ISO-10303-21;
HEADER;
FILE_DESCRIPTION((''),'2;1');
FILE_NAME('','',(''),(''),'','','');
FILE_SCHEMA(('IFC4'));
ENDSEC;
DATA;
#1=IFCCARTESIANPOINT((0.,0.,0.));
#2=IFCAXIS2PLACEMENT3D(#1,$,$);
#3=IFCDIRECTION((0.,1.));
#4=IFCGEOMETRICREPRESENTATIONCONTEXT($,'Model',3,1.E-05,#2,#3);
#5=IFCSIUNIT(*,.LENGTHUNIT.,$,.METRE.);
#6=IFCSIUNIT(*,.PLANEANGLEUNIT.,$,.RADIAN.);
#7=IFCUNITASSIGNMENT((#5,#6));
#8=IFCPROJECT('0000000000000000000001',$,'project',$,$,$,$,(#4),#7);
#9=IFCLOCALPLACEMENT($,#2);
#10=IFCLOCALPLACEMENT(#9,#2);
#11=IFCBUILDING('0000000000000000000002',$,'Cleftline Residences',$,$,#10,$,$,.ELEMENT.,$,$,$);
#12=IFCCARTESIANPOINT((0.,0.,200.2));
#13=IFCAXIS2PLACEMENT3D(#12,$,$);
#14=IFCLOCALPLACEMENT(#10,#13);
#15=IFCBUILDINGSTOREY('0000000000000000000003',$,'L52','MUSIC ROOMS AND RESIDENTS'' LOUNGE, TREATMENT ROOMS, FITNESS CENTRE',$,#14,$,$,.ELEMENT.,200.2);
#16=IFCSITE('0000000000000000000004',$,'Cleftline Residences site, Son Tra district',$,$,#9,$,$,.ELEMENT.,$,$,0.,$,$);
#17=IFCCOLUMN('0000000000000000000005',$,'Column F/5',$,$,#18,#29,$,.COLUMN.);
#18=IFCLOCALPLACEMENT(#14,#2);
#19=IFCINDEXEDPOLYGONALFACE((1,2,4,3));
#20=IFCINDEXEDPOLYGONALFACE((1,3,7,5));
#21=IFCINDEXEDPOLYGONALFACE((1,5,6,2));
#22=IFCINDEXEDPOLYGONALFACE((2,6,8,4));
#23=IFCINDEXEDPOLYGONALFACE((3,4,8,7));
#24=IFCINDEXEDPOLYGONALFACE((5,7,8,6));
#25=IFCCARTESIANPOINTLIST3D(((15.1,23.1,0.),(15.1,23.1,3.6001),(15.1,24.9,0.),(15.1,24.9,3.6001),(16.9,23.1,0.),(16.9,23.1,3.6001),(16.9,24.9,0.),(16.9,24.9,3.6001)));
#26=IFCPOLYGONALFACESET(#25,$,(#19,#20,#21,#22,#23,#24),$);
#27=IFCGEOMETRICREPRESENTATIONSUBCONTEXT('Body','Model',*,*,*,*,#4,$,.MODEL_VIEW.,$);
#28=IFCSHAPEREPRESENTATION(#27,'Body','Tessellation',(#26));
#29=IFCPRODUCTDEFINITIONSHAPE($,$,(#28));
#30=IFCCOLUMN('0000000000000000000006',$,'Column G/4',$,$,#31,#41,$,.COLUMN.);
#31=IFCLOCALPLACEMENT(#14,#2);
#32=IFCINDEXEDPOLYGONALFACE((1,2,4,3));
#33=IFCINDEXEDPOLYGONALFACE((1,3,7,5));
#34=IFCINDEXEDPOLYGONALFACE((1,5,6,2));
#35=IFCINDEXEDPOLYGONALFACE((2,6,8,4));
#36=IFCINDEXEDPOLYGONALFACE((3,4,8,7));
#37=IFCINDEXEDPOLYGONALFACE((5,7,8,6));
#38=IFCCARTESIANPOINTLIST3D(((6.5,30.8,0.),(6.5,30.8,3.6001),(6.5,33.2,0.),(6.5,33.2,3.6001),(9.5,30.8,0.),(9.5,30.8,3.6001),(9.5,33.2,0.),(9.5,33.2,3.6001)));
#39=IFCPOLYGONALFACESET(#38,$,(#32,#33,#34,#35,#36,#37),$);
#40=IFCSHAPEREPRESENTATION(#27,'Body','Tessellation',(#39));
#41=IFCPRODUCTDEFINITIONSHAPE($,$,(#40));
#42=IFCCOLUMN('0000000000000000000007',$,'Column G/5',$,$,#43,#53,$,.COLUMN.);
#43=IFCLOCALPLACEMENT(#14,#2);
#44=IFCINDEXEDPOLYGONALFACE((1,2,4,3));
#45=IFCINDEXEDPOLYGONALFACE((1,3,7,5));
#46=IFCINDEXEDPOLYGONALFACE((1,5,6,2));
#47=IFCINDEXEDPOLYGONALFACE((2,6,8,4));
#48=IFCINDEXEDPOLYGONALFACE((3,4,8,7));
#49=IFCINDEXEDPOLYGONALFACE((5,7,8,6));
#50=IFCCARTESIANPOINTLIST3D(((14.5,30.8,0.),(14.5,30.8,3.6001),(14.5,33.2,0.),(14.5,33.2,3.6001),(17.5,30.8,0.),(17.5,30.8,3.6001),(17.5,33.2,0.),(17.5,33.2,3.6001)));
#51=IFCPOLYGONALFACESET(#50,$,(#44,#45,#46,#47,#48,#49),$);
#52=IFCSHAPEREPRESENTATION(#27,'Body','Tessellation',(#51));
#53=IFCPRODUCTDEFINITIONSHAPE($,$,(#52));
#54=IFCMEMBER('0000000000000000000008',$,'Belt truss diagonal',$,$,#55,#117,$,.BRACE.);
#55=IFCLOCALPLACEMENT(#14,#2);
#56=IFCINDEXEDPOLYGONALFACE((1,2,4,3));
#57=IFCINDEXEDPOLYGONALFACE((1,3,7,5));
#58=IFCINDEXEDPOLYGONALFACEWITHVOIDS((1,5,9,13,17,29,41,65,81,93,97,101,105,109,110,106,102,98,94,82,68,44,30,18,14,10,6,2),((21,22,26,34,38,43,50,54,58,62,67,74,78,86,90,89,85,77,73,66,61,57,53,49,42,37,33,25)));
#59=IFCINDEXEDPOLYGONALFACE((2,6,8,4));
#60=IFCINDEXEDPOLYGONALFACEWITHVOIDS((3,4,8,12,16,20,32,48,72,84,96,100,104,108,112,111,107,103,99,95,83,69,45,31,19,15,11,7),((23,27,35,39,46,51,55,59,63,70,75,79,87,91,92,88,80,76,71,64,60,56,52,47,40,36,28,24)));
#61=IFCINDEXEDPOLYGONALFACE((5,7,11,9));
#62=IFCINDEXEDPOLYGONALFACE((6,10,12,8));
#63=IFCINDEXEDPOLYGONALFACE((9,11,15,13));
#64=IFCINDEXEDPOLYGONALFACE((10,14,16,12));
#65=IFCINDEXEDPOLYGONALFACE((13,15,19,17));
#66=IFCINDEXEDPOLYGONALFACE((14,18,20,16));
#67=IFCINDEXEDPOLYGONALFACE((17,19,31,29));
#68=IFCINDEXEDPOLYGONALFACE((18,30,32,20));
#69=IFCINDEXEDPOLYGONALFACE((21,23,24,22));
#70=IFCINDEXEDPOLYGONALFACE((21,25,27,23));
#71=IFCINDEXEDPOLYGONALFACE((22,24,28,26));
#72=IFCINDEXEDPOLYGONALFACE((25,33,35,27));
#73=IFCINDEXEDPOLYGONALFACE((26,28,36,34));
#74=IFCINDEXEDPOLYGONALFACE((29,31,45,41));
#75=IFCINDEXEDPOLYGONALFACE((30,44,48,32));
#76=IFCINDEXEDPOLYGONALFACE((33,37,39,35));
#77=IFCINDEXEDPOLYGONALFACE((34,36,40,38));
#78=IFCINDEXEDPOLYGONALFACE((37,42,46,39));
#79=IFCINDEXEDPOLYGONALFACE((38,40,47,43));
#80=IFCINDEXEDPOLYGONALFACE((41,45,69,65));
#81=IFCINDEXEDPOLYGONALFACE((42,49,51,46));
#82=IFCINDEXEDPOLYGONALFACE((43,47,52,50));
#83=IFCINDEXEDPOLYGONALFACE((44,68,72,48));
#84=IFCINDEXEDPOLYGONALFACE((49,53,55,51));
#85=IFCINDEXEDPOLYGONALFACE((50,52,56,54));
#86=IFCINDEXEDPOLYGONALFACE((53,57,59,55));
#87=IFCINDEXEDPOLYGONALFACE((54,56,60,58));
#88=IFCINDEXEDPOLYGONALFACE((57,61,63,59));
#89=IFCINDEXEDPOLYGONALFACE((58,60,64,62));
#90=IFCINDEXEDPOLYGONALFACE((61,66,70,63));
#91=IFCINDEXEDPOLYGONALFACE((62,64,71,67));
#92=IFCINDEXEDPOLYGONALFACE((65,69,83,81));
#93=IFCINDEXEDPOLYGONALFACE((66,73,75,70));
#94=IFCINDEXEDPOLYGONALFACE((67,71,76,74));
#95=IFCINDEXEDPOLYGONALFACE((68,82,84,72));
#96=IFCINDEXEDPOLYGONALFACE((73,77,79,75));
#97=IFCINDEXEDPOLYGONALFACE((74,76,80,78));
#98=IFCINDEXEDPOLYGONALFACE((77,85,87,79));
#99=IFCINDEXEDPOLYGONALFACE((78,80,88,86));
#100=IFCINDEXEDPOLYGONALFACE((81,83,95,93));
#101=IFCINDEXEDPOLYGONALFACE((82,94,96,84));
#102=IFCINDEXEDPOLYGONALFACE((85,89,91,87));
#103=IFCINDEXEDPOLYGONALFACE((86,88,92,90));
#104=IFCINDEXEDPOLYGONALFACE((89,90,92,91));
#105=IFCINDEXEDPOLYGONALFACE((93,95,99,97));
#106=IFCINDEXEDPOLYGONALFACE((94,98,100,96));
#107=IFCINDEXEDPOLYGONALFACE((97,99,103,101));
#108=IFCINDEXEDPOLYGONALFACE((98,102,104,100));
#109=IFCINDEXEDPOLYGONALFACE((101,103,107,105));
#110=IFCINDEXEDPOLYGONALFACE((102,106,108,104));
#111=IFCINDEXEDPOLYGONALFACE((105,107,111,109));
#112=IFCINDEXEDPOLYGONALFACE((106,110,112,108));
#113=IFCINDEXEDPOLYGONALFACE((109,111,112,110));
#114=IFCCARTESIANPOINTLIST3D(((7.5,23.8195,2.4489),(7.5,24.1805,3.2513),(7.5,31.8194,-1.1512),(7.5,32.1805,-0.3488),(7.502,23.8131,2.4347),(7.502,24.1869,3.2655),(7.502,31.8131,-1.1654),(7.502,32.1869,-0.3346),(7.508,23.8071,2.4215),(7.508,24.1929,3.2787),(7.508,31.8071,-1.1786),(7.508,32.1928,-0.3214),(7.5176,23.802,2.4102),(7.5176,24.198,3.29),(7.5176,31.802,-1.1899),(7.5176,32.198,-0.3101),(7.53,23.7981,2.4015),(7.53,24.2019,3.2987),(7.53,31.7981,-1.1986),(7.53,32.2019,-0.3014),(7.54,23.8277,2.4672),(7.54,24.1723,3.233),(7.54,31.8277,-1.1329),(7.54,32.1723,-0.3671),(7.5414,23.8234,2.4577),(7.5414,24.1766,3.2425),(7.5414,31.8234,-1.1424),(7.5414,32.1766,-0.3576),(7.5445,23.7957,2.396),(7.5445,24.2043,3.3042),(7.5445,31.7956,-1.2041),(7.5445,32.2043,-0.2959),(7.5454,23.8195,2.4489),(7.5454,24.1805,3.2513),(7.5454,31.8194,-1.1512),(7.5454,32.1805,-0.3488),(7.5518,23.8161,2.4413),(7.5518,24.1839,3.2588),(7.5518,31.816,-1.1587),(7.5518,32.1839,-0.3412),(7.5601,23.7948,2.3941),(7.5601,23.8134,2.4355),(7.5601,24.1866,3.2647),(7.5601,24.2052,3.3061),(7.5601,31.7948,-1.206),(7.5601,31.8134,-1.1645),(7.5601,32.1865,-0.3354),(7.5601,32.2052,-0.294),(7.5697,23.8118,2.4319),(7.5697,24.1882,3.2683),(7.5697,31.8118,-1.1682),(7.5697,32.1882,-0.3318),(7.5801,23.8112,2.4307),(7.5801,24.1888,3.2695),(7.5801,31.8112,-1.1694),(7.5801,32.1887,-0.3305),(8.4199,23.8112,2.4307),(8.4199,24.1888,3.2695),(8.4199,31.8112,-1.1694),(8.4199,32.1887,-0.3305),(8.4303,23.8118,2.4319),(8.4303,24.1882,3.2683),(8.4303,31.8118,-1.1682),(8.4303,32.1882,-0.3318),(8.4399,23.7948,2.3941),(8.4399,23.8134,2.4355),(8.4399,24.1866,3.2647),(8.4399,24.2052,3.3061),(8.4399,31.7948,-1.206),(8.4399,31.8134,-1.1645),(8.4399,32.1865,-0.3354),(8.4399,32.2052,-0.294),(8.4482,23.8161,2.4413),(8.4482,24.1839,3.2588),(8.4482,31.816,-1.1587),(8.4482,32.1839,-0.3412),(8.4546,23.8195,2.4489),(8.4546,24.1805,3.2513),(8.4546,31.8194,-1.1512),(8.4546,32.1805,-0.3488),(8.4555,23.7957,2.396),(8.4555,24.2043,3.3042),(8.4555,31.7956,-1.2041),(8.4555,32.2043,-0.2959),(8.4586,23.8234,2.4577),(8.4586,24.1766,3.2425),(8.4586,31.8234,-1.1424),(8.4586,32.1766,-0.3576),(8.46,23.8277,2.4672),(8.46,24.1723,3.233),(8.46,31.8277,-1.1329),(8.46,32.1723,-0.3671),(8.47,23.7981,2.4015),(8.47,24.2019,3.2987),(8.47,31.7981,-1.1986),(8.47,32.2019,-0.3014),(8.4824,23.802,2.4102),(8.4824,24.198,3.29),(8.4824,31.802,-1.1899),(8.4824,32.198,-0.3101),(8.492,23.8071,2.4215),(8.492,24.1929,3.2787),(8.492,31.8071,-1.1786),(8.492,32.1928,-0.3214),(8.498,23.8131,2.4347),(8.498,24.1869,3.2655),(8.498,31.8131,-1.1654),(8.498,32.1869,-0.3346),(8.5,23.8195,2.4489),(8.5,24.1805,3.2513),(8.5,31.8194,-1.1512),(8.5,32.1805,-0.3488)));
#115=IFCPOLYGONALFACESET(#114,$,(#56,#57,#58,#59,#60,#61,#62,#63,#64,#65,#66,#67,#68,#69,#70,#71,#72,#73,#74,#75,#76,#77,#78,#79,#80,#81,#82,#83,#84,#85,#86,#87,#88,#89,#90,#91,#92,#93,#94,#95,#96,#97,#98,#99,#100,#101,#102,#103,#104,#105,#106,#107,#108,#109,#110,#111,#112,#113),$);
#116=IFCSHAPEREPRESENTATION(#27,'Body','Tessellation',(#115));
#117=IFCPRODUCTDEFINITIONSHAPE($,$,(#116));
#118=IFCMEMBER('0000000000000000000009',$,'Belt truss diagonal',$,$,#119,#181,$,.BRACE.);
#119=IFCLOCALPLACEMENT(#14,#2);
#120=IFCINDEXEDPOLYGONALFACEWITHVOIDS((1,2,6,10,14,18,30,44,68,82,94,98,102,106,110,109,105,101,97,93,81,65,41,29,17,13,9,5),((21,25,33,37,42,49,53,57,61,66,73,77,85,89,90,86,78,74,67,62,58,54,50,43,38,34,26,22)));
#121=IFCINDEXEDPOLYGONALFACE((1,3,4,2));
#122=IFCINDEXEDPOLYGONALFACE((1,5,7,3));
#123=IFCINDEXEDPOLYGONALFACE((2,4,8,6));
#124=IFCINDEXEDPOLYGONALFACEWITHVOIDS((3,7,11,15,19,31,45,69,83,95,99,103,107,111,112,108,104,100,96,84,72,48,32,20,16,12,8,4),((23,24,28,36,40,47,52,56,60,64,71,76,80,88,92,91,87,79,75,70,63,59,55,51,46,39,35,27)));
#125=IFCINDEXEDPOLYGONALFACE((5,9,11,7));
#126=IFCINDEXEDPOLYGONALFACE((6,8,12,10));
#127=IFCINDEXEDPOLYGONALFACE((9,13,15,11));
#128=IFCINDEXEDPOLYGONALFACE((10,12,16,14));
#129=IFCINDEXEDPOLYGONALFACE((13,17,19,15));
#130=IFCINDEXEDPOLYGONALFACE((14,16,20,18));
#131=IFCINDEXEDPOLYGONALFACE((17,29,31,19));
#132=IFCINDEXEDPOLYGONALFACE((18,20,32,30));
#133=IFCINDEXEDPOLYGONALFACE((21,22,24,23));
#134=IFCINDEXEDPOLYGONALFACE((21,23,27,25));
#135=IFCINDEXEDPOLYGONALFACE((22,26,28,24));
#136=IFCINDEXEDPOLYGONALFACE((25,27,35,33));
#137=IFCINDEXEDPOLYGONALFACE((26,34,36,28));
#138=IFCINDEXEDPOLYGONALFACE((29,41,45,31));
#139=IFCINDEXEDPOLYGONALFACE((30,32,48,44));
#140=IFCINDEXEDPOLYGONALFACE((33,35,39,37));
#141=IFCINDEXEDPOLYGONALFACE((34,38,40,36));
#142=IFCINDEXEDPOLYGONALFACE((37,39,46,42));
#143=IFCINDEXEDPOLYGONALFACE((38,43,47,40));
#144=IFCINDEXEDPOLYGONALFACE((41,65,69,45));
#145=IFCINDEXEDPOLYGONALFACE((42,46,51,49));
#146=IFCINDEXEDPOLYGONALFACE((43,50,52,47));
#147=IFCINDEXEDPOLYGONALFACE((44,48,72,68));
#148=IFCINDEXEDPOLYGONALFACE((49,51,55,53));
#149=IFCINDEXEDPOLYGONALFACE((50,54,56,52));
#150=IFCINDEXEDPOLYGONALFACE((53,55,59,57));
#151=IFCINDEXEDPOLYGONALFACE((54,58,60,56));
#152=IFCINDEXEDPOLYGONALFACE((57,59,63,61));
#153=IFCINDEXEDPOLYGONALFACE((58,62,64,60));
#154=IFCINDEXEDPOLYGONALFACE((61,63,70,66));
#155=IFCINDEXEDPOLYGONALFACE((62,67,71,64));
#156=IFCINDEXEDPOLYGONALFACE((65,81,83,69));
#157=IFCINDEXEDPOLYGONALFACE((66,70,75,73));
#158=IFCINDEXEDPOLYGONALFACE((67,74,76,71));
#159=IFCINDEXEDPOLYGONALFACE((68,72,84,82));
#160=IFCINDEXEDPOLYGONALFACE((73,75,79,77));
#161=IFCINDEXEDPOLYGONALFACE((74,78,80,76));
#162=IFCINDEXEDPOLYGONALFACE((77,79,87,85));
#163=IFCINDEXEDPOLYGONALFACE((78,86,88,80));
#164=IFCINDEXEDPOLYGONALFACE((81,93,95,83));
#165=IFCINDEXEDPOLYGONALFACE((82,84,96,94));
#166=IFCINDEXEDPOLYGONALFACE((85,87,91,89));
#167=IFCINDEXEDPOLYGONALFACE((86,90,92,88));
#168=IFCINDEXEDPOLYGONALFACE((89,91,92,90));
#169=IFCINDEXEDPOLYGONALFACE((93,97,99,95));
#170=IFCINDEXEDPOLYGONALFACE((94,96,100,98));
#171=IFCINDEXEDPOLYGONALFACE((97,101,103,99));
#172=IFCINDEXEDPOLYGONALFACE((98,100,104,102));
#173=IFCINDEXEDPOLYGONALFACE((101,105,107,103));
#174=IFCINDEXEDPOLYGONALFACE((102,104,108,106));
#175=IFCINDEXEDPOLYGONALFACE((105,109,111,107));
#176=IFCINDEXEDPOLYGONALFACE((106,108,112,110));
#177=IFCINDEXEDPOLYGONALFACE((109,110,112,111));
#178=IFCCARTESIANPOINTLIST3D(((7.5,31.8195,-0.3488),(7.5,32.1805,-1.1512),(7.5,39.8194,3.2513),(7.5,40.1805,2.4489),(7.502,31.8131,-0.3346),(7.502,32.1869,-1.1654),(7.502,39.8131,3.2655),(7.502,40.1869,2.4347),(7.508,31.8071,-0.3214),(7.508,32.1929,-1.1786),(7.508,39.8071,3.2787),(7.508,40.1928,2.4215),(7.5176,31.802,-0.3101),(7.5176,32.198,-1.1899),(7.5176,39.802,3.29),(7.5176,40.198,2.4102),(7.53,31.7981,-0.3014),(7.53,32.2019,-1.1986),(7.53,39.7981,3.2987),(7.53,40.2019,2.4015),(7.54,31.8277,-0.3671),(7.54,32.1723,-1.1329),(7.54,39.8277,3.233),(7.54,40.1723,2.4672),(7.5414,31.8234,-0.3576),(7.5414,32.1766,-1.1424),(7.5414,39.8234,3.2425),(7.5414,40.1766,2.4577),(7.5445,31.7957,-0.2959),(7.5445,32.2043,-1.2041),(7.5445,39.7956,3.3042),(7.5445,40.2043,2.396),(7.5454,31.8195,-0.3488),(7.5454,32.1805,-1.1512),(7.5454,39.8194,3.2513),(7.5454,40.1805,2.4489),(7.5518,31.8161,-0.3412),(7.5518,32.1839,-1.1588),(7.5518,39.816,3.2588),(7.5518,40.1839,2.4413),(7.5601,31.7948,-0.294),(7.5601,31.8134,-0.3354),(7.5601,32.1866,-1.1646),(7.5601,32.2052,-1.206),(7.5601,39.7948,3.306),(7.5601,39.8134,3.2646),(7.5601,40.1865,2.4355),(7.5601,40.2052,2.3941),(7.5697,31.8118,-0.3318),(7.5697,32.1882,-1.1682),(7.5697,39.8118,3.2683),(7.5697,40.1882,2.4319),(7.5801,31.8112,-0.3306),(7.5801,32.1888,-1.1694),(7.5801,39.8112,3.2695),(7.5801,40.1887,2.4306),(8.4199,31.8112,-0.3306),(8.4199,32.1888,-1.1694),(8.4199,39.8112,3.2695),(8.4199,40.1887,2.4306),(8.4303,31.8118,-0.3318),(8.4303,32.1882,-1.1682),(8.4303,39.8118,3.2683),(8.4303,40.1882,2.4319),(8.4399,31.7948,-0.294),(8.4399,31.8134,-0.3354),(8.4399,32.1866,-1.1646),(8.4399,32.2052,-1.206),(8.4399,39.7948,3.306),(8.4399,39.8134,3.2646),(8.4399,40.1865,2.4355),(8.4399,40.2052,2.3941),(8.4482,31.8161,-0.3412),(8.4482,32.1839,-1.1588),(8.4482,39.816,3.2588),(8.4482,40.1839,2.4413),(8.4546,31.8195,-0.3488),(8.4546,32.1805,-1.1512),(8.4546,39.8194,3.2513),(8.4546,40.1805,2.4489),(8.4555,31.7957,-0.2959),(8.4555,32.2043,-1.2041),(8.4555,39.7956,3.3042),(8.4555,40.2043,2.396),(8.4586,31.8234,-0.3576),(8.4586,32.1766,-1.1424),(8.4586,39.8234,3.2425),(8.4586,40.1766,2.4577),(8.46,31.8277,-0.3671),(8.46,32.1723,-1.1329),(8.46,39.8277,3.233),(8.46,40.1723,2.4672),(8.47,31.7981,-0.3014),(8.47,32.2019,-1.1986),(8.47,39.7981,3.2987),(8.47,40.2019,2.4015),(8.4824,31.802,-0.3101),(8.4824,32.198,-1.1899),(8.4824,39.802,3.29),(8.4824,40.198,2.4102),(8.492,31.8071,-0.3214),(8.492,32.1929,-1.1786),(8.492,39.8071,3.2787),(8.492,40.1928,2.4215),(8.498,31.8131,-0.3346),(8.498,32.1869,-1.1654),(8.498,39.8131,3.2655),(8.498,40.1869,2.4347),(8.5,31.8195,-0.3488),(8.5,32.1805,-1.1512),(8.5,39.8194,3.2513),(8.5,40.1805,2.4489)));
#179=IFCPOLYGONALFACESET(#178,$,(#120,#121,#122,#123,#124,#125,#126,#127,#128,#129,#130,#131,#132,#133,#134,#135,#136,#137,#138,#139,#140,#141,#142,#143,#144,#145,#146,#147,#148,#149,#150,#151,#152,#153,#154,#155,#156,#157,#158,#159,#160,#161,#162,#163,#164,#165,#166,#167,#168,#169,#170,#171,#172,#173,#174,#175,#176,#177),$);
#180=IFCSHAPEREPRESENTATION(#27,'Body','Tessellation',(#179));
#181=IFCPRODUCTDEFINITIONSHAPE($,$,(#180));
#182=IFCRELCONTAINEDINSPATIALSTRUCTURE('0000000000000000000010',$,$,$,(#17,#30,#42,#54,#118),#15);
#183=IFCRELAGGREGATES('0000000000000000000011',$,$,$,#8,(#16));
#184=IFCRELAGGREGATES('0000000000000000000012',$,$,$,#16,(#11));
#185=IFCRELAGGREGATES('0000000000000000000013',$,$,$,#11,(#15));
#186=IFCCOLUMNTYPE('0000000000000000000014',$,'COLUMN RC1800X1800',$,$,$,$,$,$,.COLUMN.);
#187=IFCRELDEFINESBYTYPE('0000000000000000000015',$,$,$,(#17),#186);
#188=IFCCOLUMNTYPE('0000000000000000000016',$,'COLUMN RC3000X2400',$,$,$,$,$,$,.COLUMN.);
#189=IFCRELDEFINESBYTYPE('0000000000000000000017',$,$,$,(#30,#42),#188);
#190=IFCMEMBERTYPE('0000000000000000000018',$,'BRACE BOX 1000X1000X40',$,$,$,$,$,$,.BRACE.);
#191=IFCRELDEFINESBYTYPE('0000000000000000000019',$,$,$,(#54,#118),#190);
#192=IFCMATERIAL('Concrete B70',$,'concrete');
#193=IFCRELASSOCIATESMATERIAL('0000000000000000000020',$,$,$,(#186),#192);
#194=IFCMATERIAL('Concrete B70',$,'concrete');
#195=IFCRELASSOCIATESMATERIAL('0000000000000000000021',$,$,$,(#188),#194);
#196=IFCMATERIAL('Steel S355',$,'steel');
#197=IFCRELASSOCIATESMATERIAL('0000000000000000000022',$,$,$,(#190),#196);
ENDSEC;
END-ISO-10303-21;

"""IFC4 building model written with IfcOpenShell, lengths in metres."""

from ifc_helpers import new_model, si_unit, direction, frame, origin, origin_2d, place, context, subcontext, project, spatial, rectangle, hollow_rectangle, extrude, material, material_profile, profile_set, type_object, element, save


model = new_model("IFC4")

# Units and contexts
model_context = context("Model", 3, precision=1e-05, world=origin(), true_north=direction((0.0, 1.0)))
body_context = subcontext(model_context, "Body", "Model", "MODEL_VIEW")
ifc_project = project(units=[si_unit("LENGTHUNIT", "METRE"), si_unit("PLANEANGLEUNIT", "RADIAN")], contexts=[model_context])

# Site, building, storey
site_placement = place(None, origin())
site = spatial("IfcSite", under=ifc_project, at=site_placement, Name="Cleftline Residences site, Son Tra district", CompositionType="ELEMENT", RefElevation=0.0)
building_placement = place(site_placement, origin())
building = spatial("IfcBuilding", under=site, at=building_placement, Name="Cleftline Residences", CompositionType="ELEMENT")
storey_placement = place(building_placement, frame((0.0, 0.0, 200.2)))
storey = spatial("IfcBuildingStorey", under=building, at=storey_placement, Name="L52", Description="MUSIC ROOMS AND RESIDENTS' LOUNGE, TREATMENT ROOMS, FITNESS CENTRE", CompositionType="ELEMENT", Elevation=200.2)

# Columns
ifc_material_1 = material(Name="Concrete B70", Category="concrete")
ifc_material_profile_1 = material_profile(ifc_material_1, rectangle(XDim=1.8, YDim=1.8, at=origin_2d()))
ifc_profile_set_1 = profile_set([ifc_material_profile_1], Name="Concrete B70")
column_type_1 = type_object("IfcColumnType", Name="COLUMN RC1800X1800", PredefinedType="COLUMN", material=ifc_profile_set_1)
column_placement = place(storey_placement, frame((16.0, 24.0, 0.0), z_axis=(0.0, 0.0, 1.0), x_axis=(1.0, 0.0, 0.0)))
element("IfcColumn", 1, at=column_placement, inside=storey, type_object=column_type_1, Name="Column F/5", PredefinedType="COLUMN", context=body_context, shape_type="SweptSolid", body=[
    extrude(rectangle(XDim=1.8, YDim=1.8, at=origin_2d()), origin(), (0.0, 0.0, 1.0), 3.6001),
])
ifc_material_2 = material(Name="Concrete B70", Category="concrete")
ifc_material_profile_2 = material_profile(ifc_material_2, rectangle(XDim=3.0, YDim=2.3999, at=origin_2d()))
ifc_profile_set_2 = profile_set([ifc_material_profile_2], Name="Concrete B70")
column_type_2 = type_object("IfcColumnType", Name="COLUMN RC3000X2400", PredefinedType="COLUMN", material=ifc_profile_set_2)
for number, where, z_axis, x_axis, name in (
    (2, (8.0, 32.0, 0.0), (0.0, 0.0, 1.0), (1.0, 0.0, 0.0), "Column G/4"),
    (3, (16.0, 32.0, 0.0), (0.0, 0.0, 1.0), (1.0, 0.0, 0.0), "Column G/5"),
):
    element("IfcColumn", number, at=place(storey_placement, frame(where, z_axis=z_axis, x_axis=x_axis)), inside=storey, type_object=column_type_2, Name=name, PredefinedType="COLUMN", context=body_context, shape_type="SweptSolid", body=[
        extrude(rectangle(XDim=3.0, YDim=2.3999, at=origin_2d()), origin(), (0.0, 0.0, 1.0), 3.6001),
    ])

# Members
ifc_material_3 = material(Name="Steel S355", Category="steel")
ifc_material_profile_3 = material_profile(ifc_material_3, hollow_rectangle(XDim=1.0, YDim=1.0, WallThickness=0.04, InnerFilletRadius=0.04, OuterFilletRadius=0.0601, at=origin_2d()))
ifc_profile_set_3 = profile_set([ifc_material_profile_3], Name="Steel S355")
member_type_1 = type_object("IfcMemberType", Name="BRACE BOX 1000X1000X40", PredefinedType="BRACE", material=ifc_profile_set_3)
for number, where, z_axis, x_axis, name in (
    (4, (8.0, 24.0, 2.8501), (0.0, 0.911917, -0.410374), (0.0, 0.410374, 0.911917), "Belt truss diagonal"),
    (5, (8.0, 32.0, -0.75), (0.0, 0.911917, 0.410374), (0.0, -0.410374, 0.911917), "Belt truss diagonal"),
):
    element("IfcMember", number, at=place(storey_placement, frame(where, z_axis=z_axis, x_axis=x_axis)), inside=storey, type_object=member_type_1, Name=name, PredefinedType="BRACE", context=body_context, shape_type="SweptSolid", body=[
        extrude(hollow_rectangle(XDim=1.0, YDim=1.0, WallThickness=0.04, InnerFilletRadius=0.04, OuterFilletRadius=0.0601, at=origin_2d()), origin(), (0.0, 0.0, 1.0), 8.7727),
    ])

save(model, "model.ifc")
